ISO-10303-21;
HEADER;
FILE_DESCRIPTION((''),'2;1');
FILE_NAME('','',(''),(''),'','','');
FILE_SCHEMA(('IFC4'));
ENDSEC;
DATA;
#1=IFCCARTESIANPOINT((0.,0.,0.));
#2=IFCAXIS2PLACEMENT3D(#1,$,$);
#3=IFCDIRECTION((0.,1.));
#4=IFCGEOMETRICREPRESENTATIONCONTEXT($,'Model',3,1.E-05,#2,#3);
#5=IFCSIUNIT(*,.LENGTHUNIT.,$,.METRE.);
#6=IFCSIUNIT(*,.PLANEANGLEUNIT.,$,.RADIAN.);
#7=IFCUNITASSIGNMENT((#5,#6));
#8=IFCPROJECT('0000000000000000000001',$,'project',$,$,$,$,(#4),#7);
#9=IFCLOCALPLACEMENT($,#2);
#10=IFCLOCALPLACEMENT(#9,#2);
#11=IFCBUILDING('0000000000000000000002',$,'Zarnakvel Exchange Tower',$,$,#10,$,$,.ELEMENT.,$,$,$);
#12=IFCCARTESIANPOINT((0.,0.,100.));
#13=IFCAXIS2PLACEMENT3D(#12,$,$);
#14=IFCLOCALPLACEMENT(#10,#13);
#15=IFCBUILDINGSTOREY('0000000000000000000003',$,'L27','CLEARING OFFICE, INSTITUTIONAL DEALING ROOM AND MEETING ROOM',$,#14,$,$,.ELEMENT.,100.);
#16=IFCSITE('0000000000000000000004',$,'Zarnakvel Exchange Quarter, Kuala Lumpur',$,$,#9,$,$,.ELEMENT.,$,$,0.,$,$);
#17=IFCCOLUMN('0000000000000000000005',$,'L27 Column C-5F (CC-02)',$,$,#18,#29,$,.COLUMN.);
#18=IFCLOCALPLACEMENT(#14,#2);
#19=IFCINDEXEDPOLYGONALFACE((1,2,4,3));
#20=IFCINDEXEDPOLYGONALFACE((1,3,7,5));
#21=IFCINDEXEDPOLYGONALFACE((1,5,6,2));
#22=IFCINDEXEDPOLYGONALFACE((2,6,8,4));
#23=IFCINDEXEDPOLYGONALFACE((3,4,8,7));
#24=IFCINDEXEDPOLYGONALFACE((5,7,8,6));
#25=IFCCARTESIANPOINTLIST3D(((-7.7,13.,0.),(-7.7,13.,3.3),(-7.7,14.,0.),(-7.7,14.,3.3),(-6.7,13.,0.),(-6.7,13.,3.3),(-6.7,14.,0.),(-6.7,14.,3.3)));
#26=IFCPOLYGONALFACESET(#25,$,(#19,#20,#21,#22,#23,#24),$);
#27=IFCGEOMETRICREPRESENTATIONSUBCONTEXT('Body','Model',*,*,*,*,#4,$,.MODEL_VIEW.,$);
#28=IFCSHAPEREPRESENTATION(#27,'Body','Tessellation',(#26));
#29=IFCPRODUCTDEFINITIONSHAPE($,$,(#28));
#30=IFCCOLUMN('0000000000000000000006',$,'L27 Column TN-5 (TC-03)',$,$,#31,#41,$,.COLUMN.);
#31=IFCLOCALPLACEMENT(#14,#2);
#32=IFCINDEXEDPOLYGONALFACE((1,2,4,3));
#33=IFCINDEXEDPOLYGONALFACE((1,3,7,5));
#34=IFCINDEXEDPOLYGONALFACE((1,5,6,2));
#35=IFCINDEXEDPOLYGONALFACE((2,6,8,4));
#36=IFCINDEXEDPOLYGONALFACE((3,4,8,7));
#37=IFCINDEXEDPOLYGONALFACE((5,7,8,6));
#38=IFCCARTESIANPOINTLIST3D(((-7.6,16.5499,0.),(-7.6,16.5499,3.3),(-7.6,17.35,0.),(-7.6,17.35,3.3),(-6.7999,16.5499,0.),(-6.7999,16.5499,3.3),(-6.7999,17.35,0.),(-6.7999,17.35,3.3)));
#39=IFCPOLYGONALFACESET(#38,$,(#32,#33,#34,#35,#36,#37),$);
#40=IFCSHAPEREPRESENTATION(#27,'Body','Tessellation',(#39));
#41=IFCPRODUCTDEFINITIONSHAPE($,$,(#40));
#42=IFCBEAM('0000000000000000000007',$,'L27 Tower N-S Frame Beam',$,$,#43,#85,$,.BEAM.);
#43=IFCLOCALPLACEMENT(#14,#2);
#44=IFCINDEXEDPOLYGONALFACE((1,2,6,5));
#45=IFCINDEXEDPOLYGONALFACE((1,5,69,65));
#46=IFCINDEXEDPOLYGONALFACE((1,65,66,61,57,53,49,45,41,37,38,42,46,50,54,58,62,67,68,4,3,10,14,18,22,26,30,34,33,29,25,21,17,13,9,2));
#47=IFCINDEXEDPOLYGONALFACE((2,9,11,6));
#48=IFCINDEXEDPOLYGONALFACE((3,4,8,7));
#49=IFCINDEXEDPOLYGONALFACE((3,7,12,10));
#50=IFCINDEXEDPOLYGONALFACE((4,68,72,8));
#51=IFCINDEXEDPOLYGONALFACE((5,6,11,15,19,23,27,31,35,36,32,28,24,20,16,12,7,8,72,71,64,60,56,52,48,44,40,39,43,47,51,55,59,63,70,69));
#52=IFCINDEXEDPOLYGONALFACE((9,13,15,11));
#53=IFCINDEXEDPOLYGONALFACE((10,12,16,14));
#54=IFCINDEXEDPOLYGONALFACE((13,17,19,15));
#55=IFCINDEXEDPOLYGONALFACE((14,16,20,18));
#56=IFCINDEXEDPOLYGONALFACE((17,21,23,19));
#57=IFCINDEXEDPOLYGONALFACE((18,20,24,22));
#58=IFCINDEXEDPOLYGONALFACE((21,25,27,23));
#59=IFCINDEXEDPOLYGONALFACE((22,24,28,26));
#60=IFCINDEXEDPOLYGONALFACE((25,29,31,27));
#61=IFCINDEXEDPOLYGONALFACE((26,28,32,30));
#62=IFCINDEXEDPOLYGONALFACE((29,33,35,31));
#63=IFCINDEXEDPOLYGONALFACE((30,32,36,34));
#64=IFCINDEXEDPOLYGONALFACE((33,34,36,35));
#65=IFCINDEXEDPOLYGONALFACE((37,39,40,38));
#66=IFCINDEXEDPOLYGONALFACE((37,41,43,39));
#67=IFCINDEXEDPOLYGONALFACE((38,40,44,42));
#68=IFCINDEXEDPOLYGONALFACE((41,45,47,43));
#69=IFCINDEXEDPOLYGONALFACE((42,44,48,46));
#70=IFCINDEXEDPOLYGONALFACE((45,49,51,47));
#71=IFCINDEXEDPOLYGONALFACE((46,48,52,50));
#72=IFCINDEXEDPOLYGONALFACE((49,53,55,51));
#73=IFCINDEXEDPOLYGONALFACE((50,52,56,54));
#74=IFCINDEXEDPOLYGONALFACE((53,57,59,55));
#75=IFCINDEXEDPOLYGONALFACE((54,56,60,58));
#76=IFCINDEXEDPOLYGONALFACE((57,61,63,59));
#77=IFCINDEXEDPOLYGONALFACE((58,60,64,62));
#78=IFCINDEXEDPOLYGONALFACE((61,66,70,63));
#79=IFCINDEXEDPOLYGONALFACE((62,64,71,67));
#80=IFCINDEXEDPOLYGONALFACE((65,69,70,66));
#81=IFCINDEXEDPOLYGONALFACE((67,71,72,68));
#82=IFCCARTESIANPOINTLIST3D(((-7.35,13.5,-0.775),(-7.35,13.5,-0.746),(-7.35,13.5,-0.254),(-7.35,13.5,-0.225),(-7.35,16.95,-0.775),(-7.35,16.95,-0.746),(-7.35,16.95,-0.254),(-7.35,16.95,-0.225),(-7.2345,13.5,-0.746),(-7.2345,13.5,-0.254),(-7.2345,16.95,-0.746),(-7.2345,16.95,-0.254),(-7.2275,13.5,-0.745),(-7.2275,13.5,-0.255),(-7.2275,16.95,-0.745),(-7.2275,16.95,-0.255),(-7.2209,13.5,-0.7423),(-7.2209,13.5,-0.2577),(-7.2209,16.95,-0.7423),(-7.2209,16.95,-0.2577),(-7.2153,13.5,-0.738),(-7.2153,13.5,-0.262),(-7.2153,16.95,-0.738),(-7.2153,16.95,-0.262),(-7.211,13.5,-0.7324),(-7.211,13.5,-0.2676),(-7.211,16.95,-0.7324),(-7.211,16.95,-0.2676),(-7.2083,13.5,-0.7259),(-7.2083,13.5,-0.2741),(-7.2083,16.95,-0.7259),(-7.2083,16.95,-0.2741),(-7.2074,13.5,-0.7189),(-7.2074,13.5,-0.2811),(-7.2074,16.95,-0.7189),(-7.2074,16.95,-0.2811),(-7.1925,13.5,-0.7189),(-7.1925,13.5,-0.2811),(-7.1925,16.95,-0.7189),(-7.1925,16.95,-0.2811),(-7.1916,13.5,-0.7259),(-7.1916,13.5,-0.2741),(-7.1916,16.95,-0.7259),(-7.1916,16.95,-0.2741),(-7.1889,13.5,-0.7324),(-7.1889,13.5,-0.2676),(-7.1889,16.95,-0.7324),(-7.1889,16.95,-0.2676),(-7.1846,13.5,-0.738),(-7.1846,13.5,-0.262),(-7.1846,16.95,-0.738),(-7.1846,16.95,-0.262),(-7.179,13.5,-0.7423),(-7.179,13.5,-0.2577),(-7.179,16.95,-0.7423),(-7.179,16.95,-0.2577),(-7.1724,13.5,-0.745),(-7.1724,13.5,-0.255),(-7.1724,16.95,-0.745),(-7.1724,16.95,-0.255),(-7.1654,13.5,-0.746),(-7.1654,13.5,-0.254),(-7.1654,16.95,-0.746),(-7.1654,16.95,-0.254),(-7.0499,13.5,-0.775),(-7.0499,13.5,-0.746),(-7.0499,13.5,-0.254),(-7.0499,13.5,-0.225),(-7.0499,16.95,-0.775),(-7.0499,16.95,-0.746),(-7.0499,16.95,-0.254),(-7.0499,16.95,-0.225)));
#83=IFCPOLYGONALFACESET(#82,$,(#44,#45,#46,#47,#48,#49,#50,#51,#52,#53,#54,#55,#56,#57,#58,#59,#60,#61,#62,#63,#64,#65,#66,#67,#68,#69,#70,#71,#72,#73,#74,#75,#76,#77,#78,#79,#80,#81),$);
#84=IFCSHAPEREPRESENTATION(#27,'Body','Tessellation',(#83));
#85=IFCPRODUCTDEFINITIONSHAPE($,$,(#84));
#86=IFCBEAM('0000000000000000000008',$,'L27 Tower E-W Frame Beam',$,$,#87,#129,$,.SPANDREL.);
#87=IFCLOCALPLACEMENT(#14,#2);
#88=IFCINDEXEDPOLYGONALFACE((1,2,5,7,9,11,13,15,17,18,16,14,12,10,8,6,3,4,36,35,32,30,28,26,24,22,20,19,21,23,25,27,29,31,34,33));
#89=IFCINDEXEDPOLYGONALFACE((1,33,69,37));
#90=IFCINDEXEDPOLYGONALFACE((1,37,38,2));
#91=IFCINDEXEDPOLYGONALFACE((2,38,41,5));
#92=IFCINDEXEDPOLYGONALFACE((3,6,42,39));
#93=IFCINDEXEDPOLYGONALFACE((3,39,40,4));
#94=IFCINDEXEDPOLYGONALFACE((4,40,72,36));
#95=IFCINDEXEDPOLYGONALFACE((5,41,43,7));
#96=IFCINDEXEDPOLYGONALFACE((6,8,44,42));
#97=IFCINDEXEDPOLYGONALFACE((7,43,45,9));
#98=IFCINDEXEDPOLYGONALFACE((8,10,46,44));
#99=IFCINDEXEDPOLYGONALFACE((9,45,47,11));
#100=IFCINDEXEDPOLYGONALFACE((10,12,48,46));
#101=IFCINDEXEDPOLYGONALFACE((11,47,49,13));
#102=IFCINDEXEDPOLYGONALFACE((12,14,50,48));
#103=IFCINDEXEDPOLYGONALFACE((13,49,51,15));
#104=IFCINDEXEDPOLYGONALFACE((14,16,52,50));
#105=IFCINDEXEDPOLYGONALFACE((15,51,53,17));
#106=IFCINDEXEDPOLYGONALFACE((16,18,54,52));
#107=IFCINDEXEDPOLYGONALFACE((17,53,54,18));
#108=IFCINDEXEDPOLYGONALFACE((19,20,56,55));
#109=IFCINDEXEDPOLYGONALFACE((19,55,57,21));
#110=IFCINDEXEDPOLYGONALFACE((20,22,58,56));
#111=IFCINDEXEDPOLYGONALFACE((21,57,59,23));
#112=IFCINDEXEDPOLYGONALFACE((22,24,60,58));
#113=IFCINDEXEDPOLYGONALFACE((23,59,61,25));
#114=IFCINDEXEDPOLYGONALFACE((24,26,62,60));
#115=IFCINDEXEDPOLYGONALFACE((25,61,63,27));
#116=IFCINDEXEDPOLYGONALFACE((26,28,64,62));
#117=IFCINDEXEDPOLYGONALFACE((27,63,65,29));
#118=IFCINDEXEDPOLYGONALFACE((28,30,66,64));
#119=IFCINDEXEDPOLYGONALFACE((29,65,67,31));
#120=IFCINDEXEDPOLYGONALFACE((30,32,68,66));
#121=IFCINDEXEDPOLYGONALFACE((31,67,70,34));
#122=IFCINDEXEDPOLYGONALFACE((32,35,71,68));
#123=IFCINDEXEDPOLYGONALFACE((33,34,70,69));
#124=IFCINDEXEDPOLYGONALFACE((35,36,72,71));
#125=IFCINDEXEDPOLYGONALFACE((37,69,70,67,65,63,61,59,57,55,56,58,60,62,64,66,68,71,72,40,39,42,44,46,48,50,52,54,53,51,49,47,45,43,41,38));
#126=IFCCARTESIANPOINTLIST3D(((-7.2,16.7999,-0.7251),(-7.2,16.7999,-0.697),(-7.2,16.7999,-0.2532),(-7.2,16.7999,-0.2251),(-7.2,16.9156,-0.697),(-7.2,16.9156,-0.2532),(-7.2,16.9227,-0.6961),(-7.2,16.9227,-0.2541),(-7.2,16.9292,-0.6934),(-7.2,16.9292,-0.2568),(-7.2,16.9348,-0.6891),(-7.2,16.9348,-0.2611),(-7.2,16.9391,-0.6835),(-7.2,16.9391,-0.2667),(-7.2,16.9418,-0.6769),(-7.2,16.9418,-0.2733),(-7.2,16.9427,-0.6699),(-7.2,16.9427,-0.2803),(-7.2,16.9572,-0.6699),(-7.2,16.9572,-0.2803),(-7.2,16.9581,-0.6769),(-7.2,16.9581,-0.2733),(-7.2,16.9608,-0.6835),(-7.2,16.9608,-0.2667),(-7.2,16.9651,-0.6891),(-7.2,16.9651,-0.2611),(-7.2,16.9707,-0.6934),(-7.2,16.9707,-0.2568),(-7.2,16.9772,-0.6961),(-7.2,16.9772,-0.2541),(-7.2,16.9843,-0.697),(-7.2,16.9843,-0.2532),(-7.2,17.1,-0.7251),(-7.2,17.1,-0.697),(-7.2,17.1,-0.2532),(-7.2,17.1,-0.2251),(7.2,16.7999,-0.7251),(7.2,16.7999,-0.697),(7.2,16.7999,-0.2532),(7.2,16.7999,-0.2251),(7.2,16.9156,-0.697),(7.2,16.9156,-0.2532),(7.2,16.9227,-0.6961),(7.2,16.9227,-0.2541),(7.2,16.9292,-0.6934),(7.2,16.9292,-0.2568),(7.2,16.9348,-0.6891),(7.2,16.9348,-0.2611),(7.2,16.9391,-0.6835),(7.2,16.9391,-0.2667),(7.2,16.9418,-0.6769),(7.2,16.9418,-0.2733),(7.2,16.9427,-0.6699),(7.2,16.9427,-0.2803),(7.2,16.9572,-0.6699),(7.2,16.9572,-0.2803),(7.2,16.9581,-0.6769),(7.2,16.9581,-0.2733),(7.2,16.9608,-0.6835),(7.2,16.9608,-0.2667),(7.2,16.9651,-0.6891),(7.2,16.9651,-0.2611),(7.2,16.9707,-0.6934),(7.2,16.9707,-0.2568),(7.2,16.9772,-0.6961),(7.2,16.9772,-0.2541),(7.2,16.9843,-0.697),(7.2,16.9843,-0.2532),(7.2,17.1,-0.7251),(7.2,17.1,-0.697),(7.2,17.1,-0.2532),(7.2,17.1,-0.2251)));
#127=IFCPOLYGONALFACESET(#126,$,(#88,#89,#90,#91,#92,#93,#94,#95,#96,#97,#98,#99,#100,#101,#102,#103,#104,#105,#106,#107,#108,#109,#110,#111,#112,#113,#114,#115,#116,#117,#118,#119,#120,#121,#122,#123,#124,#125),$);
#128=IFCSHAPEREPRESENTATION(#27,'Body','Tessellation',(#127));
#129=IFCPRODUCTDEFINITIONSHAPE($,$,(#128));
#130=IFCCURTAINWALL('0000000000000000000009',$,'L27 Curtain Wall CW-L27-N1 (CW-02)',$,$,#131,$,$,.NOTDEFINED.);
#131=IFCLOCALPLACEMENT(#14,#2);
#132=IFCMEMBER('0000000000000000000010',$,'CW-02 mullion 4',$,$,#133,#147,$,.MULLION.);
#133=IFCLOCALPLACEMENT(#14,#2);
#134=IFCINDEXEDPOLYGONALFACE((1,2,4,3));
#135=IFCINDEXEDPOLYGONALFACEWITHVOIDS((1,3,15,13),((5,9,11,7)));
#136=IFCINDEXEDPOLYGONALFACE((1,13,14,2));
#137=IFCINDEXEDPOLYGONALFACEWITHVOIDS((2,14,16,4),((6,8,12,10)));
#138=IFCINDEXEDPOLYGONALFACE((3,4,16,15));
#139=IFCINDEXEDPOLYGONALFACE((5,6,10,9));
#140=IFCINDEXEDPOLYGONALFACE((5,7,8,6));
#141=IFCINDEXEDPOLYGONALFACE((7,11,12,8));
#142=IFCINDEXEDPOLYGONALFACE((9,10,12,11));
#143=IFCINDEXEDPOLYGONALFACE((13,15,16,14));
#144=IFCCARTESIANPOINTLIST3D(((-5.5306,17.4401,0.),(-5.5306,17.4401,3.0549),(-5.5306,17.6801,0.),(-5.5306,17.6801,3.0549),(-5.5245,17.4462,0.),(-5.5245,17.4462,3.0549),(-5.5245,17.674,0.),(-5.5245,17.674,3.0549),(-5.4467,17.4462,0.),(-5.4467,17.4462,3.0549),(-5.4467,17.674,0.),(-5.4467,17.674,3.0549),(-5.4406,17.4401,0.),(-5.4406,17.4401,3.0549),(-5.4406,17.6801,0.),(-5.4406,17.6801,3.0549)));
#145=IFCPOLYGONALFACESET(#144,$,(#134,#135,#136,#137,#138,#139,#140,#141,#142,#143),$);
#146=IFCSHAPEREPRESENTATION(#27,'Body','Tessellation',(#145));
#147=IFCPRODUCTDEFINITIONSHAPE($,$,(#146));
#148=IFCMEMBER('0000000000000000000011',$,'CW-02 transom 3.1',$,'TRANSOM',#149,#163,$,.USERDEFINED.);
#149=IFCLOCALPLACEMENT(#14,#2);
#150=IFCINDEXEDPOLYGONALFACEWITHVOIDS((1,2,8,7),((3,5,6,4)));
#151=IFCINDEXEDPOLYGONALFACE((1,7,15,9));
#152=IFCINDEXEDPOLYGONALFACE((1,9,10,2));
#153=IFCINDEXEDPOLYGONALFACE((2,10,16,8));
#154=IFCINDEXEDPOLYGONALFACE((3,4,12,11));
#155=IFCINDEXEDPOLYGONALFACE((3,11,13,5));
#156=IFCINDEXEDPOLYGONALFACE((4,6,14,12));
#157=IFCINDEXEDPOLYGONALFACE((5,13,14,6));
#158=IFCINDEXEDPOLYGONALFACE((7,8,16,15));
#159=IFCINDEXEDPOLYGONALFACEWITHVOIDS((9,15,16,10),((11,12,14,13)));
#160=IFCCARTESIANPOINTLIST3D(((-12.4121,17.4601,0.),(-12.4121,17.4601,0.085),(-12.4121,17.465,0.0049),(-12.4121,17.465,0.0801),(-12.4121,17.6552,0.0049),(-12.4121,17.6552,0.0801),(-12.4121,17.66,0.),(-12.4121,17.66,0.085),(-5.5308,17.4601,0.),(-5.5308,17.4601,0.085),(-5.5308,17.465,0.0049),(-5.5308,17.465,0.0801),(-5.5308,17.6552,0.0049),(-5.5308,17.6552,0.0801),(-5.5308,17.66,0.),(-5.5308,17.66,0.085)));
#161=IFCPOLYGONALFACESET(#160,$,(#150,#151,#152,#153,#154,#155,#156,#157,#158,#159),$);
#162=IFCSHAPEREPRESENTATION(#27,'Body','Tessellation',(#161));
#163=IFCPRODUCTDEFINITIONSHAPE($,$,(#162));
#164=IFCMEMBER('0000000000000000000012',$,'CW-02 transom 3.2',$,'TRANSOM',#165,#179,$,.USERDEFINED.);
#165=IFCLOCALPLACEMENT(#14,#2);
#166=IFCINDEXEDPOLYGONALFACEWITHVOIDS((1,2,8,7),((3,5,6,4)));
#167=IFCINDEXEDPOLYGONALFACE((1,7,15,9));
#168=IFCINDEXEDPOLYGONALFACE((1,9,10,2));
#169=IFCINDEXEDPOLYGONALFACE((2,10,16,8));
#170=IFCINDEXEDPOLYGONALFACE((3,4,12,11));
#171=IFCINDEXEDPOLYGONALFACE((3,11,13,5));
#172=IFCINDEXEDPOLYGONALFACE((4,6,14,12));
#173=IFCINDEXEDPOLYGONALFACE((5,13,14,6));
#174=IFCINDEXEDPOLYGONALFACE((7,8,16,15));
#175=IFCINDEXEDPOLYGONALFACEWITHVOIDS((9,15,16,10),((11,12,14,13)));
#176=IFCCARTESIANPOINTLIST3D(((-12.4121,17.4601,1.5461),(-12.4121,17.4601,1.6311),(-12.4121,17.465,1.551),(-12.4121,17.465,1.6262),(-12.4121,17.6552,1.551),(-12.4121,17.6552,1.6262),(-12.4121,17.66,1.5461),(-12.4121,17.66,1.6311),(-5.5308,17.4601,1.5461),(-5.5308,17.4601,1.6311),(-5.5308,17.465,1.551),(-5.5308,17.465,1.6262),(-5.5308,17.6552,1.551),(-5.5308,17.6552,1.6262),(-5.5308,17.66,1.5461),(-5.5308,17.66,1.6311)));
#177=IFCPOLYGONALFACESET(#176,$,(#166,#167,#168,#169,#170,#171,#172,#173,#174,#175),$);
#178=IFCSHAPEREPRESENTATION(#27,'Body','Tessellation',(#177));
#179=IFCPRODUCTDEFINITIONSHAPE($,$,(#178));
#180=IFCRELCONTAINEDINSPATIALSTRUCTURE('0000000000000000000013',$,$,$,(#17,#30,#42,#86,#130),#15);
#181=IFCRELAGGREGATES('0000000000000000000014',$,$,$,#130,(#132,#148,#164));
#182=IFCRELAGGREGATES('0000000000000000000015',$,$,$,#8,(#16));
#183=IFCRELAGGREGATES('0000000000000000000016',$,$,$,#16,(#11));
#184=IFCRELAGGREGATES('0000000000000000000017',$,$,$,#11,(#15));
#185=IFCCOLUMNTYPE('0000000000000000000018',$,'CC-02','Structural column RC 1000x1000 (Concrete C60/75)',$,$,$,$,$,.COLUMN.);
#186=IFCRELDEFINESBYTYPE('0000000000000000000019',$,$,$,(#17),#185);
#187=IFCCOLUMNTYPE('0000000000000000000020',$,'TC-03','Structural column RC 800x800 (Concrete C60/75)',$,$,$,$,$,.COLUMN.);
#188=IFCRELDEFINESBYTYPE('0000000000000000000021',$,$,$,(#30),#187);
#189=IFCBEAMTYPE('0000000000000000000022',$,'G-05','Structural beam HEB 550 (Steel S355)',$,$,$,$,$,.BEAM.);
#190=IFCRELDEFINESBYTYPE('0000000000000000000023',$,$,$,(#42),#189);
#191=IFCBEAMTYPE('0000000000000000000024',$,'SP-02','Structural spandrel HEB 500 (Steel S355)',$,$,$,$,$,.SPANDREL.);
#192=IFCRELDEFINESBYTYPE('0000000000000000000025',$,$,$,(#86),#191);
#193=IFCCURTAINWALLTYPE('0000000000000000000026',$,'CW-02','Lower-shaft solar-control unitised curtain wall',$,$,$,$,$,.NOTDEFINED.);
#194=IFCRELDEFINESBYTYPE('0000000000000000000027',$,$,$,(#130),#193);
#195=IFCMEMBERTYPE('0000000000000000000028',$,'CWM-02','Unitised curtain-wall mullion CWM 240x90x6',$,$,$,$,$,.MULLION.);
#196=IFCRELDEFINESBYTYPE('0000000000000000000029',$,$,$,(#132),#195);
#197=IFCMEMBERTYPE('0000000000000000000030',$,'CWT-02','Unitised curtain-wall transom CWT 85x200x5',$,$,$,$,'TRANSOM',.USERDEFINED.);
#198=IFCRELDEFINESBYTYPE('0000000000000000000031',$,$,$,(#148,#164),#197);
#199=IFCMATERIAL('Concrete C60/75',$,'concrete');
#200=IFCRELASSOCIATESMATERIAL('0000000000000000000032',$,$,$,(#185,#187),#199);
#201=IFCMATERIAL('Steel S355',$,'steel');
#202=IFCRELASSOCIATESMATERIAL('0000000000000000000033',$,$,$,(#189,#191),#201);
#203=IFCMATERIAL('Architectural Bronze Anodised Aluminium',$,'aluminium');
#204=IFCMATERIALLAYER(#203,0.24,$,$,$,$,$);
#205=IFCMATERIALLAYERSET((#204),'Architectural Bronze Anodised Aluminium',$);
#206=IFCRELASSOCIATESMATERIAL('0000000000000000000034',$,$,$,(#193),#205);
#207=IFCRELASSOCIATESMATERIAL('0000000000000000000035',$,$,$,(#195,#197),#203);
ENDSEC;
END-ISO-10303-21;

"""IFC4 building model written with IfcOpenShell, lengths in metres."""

from ifc_helpers import new_model, si_unit, direction, frame, origin, origin_2d, place, context, subcontext, project, spatial, rectangle, hollow_rectangle, i_section, extrude, source, transform, mapped, material, layer, layer_set, material_profile, profile_set, type_object, element, aggregate, save


model = new_model("IFC4")

# Units and contexts
model_context = context("Model", 3, precision=1e-05, world=origin(), true_north=direction((0.0, 1.0)))
body_context = subcontext(model_context, "Body", "Model", "MODEL_VIEW")
ifc_project = project(units=[si_unit("LENGTHUNIT", "METRE"), si_unit("PLANEANGLEUNIT", "RADIAN")], contexts=[model_context])

# Site, building, storey
site_placement = place(None, origin())
site = spatial("IfcSite", under=ifc_project, at=site_placement, Name="Zarnakvel Exchange Quarter, Kuala Lumpur", CompositionType="ELEMENT", RefElevation=0.0)
building_placement = place(site_placement, origin())
building = spatial("IfcBuilding", under=site, at=building_placement, Name="Zarnakvel Exchange Tower", CompositionType="ELEMENT")
storey_placement = place(building_placement, frame((0.0, 0.0, 100.0)))
storey = spatial("IfcBuildingStorey", under=building, at=storey_placement, Name="L27", Description="CLEARING OFFICE, INSTITUTIONAL DEALING ROOM AND MEETING ROOM", CompositionType="ELEMENT", Elevation=100.0)

# Columns
ifc_material_1 = material(Name="Concrete C60/75", Category="concrete")
ifc_material_profile_1 = material_profile(ifc_material_1, rectangle(XDim=1.0, YDim=1.0, at=origin_2d()))
ifc_profile_set_1 = profile_set([ifc_material_profile_1], Name="Concrete C60/75")
column_type_1 = type_object("IfcColumnType", Name="CC-02", Description="Structural column RC 1000x1000 (Concrete C60/75)", PredefinedType="COLUMN", material=ifc_profile_set_1)
column_1_placement = place(storey_placement, frame((-7.2, 13.5, 0.0), z_axis=(0.0, 0.0, 1.0), x_axis=(1.0, 0.0, 0.0)))
element("IfcColumn", 1, at=column_1_placement, inside=storey, type_object=column_type_1, Name="L27 Column C-5F (CC-02)", PredefinedType="COLUMN", context=body_context, shape_type="SweptSolid", body=[
    extrude(rectangle(XDim=1.0, YDim=1.0, at=origin_2d()), origin(), (0.0, 0.0, 1.0), 3.3),
])
ifc_material_profile_2 = material_profile(ifc_material_1, rectangle(XDim=0.8, YDim=0.8, at=origin_2d()))
ifc_profile_set_2 = profile_set([ifc_material_profile_2], Name="Concrete C60/75")
column_type_2 = type_object("IfcColumnType", Name="TC-03", Description="Structural column RC 800x800 (Concrete C60/75)", PredefinedType="COLUMN", material=ifc_profile_set_2)
column_2_placement = place(storey_placement, frame((-7.2, 16.95, 0.0), z_axis=(0.0, 0.0, 1.0), x_axis=(1.0, 0.0, 0.0)))
element("IfcColumn", 2, at=column_2_placement, inside=storey, type_object=column_type_2, Name="L27 Column TN-5 (TC-03)", PredefinedType="COLUMN", context=body_context, shape_type="SweptSolid", body=[
    extrude(rectangle(XDim=0.8, YDim=0.8, at=origin_2d()), origin(), (0.0, 0.0, 1.0), 3.3),
])

# Beams
ifc_material_2 = material(Name="Steel S355", Category="steel")
ifc_material_profile_3 = material_profile(ifc_material_2, i_section(OverallWidth=0.3, OverallDepth=0.55, WebThickness=0.0149, FlangeThickness=0.0291, FilletRadius=0.0271, at=origin_2d()))
ifc_profile_set_3 = profile_set([ifc_material_profile_3], Name="Steel S355")
beam_type_1 = type_object("IfcBeamType", Name="G-05", Description="Structural beam HEB 550 (Steel S355)", PredefinedType="BEAM", material=ifc_profile_set_3)
beam_1_placement = place(storey_placement, frame((-7.2, 13.5, -0.5), z_axis=(0.0, 1.0, 0.0), x_axis=(-1.0, 0.0, 0.0)))
element("IfcBeam", 3, at=beam_1_placement, inside=storey, type_object=beam_type_1, Name="L27 Tower N-S Frame Beam", PredefinedType="BEAM", context=body_context, shape_type="SweptSolid", body=[
    extrude(i_section(OverallWidth=0.3, OverallDepth=0.55, WebThickness=0.0149, FlangeThickness=0.0291, FilletRadius=0.0271, at=origin_2d()), origin(), (0.0, 0.0, 1.0), 3.45),
])
ifc_material_profile_4 = material_profile(ifc_material_2, i_section(OverallWidth=0.3, OverallDepth=0.5, WebThickness=0.0144, FlangeThickness=0.0281, FilletRadius=0.0271, at=origin_2d()))
ifc_profile_set_4 = profile_set([ifc_material_profile_4], Name="Steel S355")
beam_type_2 = type_object("IfcBeamType", Name="SP-02", Description="Structural spandrel HEB 500 (Steel S355)", PredefinedType="SPANDREL", material=ifc_profile_set_4)
beam_2_placement = place(storey_placement, frame((-7.2, 16.95, -0.4751), z_axis=(1.0, 0.0, 0.0), x_axis=(0.0, 1.0, 0.0)))
element("IfcBeam", 4, at=beam_2_placement, inside=storey, type_object=beam_type_2, Name="L27 Tower E-W Frame Beam", PredefinedType="SPANDREL", context=body_context, shape_type="SweptSolid", body=[
    extrude(i_section(OverallWidth=0.3, OverallDepth=0.5, WebThickness=0.0144, FlangeThickness=0.0281, FilletRadius=0.0271, at=origin_2d()), origin(), (0.0, 0.0, 1.0), 14.3999),
])

# Curtain wall, members
ifc_material_3 = material(Name="Architectural Bronze Anodised Aluminium", Category="aluminium")
ifc_layer_1 = layer(ifc_material_3, 0.24)
ifc_layer_set_1 = layer_set([ifc_layer_1], Name="Architectural Bronze Anodised Aluminium")
curtain_wall_type = type_object("IfcCurtainWallType", Name="CW-02", Description="Lower-shaft solar-control unitised curtain wall", PredefinedType="NOTDEFINED", material=ifc_layer_set_1)
curtain_wall_placement = place(storey_placement, origin())
curtain_wall = element("IfcCurtainWall", 5, at=curtain_wall_placement, inside=storey, type_object=curtain_wall_type, Name="L27 Curtain Wall CW-L27-N1 (CW-02)", PredefinedType="NOTDEFINED")
ifc_material_profile_5 = material_profile(ifc_material_3, hollow_rectangle(XDim=0.24, YDim=0.0901, WallThickness=0.0061, at=origin_2d()))
ifc_profile_set_5 = profile_set([ifc_material_profile_5], Name="Architectural Bronze Anodised Aluminium")
member_type_1 = type_object("IfcMemberType", Name="CWM-02", Description="Unitised curtain-wall mullion CWM 240x90x6", PredefinedType="MULLION", material=ifc_profile_set_5)
shared_shape_1 = source(origin(), body_context, "Body", "SweptSolid", [
    extrude(hollow_rectangle(XDim=0.24, YDim=0.0901, WallThickness=0.0061, at=origin_2d()), origin(), (0.0, 0.0, 1.0), 3.0549),
])
member_1_placement = place(storey_placement, frame((-5.4856, 17.5601, 0.0), z_axis=(0.0, 0.0, 1.0), x_axis=(0.0, 1.0, 0.0)))
member_1 = element("IfcMember", 6, at=member_1_placement, type_object=member_type_1, Name="CW-02 mullion 4", PredefinedType="MULLION", context=body_context, shape_type="MappedRepresentation", body=[
    mapped(shared_shape_1, transform((0.0, 0.0, 0.0), x_axis=(1.0, 0.0, 0.0), y_axis=(0.0, 1.0, 0.0), z_axis=(0.0, 0.0, 1.0), scale=1.0)),
])
ifc_material_profile_6 = material_profile(ifc_material_3, hollow_rectangle(XDim=0.2, YDim=0.085, WallThickness=0.0049, at=origin_2d()))
ifc_profile_set_6 = profile_set([ifc_material_profile_6], Name="Architectural Bronze Anodised Aluminium")
member_type_2 = type_object("IfcMemberType", Name="CWT-02", Description="Unitised curtain-wall transom CWT 85x200x5", ElementType="TRANSOM", PredefinedType="USERDEFINED", material=ifc_profile_set_6)
shared_shape_2 = source(origin(), body_context, "Body", "SweptSolid", [
    extrude(hollow_rectangle(XDim=0.2, YDim=0.085, WallThickness=0.0049, at=origin_2d()), origin(), (0.0, 0.0, 1.0), 6.8813),
])
member_2_placement = place(storey_placement, frame((-12.4121, 17.5601, 0.0425), z_axis=(1.0, 0.0, 0.0), x_axis=(0.0, 1.0, 0.0)))
member_2 = element("IfcMember", 7, at=member_2_placement, type_object=member_type_2, Name="CW-02 transom 3.1", ObjectType="TRANSOM", PredefinedType="USERDEFINED", context=body_context, shape_type="MappedRepresentation", body=[
    mapped(shared_shape_2, transform((0.0, 0.0, 0.0), x_axis=(1.0, 0.0, 0.0), y_axis=(0.0, 1.0, 0.0), z_axis=(0.0, 0.0, 1.0), scale=1.0)),
])
member_3_placement = place(storey_placement, frame((-12.4121, 17.5601, 1.5886), z_axis=(1.0, 0.0, 0.0), x_axis=(0.0, 1.0, 0.0)))
member_3 = element("IfcMember", 8, at=member_3_placement, type_object=member_type_2, Name="CW-02 transom 3.2", ObjectType="TRANSOM", PredefinedType="USERDEFINED", context=body_context, shape_type="MappedRepresentation", body=[
    mapped(shared_shape_2, transform((0.0, 0.0, 0.0), x_axis=(1.0, 0.0, 0.0), y_axis=(0.0, 1.0, 0.0), z_axis=(0.0, 0.0, 1.0), scale=1.0)),
])
aggregate(curtain_wall, [member_1, member_2, member_3])

save(model, "model.ifc")
